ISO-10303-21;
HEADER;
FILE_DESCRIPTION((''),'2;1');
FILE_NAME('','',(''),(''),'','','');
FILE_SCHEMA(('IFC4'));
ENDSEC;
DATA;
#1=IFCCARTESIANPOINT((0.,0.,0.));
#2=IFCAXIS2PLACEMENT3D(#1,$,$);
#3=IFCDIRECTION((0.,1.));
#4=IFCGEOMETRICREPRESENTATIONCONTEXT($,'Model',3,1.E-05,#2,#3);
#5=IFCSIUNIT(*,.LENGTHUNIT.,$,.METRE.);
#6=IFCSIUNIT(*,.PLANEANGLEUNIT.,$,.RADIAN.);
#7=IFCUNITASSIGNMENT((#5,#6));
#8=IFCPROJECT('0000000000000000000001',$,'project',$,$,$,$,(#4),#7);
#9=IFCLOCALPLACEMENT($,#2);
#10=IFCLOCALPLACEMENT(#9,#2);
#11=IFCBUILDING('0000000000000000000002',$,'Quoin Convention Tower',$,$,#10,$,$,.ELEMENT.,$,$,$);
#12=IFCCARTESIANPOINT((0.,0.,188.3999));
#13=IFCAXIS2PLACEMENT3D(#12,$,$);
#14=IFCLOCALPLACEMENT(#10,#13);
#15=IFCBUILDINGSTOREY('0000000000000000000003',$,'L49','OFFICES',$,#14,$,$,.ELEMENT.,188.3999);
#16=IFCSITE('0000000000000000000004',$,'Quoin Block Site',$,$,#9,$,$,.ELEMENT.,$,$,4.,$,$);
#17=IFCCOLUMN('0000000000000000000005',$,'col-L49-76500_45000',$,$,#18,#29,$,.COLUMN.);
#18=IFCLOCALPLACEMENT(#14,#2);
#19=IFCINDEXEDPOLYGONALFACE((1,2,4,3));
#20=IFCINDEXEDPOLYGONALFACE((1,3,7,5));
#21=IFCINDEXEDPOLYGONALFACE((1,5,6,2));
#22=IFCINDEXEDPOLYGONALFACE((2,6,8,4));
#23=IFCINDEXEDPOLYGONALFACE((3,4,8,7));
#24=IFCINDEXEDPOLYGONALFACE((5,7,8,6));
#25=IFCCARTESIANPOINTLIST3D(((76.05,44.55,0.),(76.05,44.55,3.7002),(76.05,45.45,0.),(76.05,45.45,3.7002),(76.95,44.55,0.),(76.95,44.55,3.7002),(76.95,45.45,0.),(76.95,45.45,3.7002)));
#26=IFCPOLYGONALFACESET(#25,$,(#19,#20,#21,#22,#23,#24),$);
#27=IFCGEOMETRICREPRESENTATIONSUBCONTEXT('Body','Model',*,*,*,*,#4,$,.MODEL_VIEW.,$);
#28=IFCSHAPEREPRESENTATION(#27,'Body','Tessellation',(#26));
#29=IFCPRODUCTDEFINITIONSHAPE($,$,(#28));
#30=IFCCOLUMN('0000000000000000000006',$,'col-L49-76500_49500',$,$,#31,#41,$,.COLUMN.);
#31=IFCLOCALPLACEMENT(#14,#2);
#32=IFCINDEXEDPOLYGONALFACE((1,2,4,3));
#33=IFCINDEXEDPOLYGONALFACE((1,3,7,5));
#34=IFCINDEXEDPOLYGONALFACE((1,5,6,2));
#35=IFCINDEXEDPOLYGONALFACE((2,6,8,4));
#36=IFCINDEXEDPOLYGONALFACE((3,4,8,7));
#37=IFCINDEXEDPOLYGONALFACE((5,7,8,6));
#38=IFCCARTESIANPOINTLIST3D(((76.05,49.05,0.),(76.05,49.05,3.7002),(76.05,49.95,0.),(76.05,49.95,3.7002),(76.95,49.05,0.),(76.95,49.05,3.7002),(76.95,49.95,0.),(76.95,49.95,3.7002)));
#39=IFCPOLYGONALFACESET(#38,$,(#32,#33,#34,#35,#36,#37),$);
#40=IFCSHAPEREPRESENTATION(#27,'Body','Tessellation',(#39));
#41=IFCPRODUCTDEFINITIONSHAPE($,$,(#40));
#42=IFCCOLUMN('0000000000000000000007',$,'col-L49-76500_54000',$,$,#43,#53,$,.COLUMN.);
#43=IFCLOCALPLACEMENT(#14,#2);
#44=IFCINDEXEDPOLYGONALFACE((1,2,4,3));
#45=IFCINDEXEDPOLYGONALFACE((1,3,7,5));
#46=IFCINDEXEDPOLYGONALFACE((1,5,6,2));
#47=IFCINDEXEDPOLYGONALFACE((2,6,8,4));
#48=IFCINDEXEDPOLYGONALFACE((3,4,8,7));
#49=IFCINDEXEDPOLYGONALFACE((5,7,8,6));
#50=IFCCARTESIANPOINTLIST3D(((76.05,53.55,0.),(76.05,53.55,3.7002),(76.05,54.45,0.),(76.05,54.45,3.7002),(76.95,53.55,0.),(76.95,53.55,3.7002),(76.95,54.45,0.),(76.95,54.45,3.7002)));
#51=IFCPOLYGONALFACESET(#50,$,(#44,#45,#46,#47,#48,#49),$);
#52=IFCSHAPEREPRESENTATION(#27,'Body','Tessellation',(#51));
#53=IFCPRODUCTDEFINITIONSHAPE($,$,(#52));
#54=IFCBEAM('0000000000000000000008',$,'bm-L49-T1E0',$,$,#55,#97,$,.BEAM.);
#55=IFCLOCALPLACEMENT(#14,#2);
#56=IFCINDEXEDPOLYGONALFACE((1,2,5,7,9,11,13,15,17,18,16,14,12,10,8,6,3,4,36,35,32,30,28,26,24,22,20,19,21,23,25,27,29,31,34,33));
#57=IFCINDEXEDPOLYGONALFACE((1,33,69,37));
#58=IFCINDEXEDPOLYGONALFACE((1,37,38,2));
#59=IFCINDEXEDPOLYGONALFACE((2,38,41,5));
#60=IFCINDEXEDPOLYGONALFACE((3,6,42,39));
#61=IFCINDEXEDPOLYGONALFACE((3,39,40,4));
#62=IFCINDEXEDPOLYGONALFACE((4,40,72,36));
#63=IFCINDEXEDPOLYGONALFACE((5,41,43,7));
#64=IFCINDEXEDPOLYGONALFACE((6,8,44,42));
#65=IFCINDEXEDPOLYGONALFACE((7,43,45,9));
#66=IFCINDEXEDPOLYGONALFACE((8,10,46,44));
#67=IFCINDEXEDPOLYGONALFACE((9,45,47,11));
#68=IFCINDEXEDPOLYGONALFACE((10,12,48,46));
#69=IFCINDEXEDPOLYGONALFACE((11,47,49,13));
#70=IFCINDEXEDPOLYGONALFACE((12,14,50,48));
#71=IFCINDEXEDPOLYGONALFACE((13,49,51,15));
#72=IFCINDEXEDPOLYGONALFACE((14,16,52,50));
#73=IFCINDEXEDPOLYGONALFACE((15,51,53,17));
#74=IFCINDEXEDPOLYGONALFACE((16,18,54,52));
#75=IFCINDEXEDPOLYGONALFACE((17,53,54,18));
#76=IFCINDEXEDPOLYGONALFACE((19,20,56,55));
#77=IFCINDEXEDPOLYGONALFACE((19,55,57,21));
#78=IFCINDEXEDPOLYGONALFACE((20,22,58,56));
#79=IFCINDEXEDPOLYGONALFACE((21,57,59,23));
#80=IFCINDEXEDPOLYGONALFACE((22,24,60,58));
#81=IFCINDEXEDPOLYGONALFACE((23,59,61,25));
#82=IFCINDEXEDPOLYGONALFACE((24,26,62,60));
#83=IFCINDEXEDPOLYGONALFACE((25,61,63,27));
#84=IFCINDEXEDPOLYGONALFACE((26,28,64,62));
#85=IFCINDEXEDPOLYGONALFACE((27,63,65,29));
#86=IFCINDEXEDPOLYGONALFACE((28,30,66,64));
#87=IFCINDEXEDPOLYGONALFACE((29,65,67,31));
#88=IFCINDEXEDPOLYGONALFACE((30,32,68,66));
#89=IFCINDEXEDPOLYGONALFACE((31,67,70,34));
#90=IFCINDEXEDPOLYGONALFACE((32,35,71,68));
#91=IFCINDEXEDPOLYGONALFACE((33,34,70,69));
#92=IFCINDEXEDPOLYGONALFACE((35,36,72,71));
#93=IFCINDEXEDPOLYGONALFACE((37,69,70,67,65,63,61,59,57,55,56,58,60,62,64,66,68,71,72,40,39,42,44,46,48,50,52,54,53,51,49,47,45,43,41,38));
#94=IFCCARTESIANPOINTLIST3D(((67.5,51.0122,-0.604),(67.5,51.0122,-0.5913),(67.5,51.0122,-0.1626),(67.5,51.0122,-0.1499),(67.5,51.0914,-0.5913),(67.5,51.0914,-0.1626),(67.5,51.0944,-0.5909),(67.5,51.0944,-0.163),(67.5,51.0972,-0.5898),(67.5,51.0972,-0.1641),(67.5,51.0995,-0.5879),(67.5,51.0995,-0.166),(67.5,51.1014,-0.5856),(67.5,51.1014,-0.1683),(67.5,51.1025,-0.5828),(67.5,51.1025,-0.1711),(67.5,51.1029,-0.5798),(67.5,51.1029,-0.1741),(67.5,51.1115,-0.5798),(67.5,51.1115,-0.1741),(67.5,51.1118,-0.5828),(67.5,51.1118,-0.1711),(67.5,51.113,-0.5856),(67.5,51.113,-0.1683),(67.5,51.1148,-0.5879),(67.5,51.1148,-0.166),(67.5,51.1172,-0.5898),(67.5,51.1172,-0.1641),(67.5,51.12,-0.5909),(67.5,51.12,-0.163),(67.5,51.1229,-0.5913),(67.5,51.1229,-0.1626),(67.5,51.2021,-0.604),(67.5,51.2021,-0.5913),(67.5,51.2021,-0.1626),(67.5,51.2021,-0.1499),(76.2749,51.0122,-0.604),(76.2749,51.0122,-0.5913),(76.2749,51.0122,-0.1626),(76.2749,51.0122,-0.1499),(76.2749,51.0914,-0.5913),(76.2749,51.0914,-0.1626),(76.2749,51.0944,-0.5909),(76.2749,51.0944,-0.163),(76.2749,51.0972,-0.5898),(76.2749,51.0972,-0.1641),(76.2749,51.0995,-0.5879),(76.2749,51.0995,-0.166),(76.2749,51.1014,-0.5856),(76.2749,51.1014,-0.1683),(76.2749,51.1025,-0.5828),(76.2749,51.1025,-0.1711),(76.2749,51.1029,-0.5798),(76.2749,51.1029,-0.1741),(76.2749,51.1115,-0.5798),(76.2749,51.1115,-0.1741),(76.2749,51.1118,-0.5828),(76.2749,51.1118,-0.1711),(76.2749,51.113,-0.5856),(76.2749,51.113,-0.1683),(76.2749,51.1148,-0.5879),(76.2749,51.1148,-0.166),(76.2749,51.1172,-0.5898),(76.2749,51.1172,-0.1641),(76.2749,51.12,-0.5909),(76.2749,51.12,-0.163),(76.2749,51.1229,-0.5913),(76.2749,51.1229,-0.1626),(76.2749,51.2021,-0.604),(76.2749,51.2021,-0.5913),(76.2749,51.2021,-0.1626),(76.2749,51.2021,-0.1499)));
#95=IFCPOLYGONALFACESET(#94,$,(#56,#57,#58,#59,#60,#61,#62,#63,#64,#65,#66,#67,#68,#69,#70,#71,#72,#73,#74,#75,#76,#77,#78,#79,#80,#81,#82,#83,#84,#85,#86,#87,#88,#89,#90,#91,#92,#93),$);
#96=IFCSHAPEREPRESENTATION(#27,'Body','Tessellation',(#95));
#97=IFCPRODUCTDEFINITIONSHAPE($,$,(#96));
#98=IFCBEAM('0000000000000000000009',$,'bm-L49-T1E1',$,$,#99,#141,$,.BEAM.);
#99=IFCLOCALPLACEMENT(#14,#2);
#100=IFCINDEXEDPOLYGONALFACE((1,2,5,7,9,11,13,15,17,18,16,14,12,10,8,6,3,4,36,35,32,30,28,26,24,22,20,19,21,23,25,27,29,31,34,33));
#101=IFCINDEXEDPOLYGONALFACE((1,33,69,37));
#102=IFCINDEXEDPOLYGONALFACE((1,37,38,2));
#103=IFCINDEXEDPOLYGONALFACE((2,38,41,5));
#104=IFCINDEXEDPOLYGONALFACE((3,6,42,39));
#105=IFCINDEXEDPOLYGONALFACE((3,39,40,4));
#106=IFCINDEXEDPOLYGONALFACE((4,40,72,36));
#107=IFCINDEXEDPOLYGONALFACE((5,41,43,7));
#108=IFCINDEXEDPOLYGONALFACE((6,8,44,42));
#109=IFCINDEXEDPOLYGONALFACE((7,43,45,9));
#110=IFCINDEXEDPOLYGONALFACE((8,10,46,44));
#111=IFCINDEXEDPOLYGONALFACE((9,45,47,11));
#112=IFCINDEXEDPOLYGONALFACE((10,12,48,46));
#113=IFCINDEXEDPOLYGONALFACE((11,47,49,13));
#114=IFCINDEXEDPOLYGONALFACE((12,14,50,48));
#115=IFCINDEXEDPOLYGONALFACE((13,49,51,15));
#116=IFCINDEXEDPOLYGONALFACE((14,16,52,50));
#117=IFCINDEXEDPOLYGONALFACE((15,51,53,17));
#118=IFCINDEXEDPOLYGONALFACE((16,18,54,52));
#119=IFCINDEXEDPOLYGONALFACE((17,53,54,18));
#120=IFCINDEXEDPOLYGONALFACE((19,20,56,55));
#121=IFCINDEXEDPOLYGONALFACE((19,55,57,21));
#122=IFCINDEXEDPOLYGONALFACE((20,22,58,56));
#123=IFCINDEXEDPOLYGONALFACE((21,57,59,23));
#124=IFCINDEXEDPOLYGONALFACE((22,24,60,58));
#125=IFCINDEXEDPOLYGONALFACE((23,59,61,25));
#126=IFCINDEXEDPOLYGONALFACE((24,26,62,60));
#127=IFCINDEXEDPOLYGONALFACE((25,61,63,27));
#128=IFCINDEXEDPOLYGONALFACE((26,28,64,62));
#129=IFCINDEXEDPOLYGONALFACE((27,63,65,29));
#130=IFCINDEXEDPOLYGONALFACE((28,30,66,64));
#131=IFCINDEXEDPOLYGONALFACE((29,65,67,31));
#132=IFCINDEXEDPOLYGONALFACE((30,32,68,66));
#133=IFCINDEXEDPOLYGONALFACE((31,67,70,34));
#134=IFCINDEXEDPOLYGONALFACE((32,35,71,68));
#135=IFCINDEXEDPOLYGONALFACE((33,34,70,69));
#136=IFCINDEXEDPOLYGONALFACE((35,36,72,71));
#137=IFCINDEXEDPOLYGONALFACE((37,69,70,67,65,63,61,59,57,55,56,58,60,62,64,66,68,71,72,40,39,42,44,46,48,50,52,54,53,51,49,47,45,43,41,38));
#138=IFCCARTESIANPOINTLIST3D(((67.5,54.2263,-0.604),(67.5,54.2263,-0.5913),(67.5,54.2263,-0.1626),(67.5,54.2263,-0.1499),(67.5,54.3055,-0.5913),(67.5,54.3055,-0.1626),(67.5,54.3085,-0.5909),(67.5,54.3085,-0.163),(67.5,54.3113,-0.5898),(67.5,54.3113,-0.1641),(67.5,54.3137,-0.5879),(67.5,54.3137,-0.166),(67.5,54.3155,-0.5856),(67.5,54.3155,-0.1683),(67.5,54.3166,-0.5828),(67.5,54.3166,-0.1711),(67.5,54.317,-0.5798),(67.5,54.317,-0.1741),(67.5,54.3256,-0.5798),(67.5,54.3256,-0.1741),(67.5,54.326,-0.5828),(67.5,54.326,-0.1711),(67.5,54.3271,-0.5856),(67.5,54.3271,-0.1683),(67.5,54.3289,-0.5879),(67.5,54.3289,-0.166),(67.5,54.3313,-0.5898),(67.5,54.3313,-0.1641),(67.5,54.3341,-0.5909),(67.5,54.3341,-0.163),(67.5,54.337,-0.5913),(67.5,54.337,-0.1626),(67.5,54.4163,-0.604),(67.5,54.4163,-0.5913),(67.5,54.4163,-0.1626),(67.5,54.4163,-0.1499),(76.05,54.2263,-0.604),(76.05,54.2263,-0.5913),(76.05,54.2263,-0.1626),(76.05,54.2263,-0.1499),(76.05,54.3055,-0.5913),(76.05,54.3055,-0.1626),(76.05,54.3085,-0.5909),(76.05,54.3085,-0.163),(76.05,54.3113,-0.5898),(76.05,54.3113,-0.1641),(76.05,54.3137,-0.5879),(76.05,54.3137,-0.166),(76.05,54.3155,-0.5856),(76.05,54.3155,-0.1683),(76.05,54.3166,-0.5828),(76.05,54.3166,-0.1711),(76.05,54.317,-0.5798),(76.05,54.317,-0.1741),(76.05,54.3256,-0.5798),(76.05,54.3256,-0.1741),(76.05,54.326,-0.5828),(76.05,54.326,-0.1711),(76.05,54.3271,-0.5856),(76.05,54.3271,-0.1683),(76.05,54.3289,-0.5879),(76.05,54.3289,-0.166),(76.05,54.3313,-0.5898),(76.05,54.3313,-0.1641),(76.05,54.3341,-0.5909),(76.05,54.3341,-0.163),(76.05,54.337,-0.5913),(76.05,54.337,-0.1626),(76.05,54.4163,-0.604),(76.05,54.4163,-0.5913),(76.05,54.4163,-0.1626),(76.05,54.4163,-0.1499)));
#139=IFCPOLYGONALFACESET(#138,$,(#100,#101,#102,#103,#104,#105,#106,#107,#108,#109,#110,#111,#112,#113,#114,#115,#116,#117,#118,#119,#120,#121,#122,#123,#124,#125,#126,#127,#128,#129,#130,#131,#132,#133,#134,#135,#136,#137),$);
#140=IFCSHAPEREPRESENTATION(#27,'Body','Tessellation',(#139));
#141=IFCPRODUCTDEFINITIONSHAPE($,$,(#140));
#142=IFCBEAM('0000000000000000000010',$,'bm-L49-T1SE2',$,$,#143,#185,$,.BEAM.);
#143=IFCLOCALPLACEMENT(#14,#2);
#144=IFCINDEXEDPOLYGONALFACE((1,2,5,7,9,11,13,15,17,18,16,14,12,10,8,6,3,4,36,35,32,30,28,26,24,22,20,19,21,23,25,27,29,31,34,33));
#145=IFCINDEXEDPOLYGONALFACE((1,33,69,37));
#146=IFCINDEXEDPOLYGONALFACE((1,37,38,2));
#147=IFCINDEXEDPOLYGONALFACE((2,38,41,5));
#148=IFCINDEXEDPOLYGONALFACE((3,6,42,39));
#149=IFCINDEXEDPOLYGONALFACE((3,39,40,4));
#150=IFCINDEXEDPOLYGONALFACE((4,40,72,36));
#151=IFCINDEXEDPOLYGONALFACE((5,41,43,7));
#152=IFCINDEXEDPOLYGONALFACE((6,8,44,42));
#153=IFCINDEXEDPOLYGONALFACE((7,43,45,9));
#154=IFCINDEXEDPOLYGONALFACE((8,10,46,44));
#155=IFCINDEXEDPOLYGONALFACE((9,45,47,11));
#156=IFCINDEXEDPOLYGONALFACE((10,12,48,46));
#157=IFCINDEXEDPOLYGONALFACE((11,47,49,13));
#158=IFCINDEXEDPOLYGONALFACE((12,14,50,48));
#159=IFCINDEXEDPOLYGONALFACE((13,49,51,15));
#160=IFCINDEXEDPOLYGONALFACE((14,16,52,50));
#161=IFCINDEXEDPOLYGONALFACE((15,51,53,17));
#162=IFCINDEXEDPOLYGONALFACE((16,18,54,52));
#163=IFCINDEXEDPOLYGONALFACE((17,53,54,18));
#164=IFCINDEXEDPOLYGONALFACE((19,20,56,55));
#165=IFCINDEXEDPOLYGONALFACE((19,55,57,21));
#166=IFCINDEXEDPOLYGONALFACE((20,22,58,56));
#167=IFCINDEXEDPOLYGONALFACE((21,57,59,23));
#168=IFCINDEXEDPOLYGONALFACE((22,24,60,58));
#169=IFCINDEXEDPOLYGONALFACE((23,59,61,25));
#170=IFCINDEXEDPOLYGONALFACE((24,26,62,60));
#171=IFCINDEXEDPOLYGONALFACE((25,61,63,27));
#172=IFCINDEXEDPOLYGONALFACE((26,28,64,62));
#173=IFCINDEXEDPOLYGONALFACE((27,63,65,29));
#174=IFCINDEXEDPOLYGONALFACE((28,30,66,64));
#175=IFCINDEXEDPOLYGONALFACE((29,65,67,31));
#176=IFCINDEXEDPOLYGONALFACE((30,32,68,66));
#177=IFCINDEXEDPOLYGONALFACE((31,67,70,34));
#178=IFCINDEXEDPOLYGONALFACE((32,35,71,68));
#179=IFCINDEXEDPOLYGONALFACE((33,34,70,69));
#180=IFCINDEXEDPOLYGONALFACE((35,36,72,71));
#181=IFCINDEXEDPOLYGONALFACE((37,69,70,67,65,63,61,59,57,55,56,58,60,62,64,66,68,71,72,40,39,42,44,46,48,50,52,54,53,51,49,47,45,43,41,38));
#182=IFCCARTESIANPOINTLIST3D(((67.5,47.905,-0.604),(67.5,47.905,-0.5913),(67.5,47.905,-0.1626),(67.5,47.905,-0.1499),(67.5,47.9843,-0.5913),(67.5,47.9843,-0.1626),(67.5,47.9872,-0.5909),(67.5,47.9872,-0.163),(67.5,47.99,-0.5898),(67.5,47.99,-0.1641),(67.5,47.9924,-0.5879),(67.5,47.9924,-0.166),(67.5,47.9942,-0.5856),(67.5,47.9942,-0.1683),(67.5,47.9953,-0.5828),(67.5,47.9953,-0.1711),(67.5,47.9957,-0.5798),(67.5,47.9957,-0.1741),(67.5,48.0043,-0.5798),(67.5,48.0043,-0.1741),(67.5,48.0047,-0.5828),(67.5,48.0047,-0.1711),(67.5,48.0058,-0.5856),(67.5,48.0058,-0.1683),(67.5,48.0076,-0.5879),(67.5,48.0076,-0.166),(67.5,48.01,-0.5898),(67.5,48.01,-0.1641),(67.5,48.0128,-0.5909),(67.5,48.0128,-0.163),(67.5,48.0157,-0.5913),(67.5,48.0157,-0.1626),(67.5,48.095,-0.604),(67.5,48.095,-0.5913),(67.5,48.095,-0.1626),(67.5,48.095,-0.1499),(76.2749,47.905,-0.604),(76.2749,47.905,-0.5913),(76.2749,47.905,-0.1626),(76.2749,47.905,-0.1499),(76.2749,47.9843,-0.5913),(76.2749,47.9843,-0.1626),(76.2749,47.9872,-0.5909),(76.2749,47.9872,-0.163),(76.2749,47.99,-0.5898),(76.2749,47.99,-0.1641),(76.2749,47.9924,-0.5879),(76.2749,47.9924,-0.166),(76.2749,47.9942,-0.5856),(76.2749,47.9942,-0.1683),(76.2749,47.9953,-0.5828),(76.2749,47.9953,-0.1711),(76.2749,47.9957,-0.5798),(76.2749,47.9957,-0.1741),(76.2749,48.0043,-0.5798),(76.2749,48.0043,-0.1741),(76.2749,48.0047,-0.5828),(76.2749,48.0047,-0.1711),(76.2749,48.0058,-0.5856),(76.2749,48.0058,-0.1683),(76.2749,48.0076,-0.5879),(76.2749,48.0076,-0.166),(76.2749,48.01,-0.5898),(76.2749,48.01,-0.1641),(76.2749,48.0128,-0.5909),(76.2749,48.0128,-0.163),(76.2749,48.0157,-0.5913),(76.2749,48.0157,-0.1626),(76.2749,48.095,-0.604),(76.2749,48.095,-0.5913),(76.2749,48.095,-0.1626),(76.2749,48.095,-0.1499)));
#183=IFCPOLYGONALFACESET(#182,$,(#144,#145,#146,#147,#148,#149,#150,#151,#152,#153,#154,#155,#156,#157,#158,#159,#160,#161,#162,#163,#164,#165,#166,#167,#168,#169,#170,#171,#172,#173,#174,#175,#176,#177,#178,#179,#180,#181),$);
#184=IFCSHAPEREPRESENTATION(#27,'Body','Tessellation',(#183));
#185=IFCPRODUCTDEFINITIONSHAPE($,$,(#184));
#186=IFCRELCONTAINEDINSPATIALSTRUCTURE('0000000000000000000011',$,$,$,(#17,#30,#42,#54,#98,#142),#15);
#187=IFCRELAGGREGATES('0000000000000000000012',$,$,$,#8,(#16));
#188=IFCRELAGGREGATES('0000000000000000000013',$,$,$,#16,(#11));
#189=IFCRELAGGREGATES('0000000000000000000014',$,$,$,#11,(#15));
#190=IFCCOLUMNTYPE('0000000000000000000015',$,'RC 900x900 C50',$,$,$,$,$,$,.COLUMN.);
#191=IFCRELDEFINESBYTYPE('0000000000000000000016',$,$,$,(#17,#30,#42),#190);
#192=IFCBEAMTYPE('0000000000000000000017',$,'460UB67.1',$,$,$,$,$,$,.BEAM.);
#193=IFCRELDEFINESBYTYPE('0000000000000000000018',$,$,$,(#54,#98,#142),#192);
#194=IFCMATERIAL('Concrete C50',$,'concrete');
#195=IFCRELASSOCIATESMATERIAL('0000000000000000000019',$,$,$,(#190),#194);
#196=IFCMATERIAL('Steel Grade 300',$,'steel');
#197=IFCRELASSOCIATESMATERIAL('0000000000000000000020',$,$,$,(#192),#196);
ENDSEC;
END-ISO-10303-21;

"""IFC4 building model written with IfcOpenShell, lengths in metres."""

from ifc_helpers import new_model, si_unit, direction, frame, origin, origin_2d, place, context, subcontext, project, spatial, rectangle, i_section, extrude, material, material_profile, profile_set, type_object, element, save


model = new_model("IFC4")

# Units and contexts
model_context = context("Model", 3, precision=1e-05, world=origin(), true_north=direction((0.0, 1.0)))
body_context = subcontext(model_context, "Body", "Model", "MODEL_VIEW")
ifc_project = project(units=[si_unit("LENGTHUNIT", "METRE"), si_unit("PLANEANGLEUNIT", "RADIAN")], contexts=[model_context])

# Site, building, storey
site_placement = place(None, origin())
site = spatial("IfcSite", under=ifc_project, at=site_placement, Name="Quoin Block Site", CompositionType="ELEMENT", RefElevation=4.0)
building_placement = place(site_placement, origin())
building = spatial("IfcBuilding", under=site, at=building_placement, Name="Quoin Convention Tower", CompositionType="ELEMENT")
storey_placement = place(building_placement, frame((0.0, 0.0, 188.3999)))
storey = spatial("IfcBuildingStorey", under=building, at=storey_placement, Name="L49", Description="OFFICES", CompositionType="ELEMENT", Elevation=188.3999)

# Columns
ifc_material_1 = material(Name="Concrete C50", Category="concrete")
ifc_material_profile_1 = material_profile(ifc_material_1, rectangle(XDim=0.8999, YDim=0.8999, at=origin_2d()), Name="RC 900x900")
ifc_profile_set_1 = profile_set([ifc_material_profile_1], Name="Concrete C50")
column_type = type_object("IfcColumnType", Name="RC 900x900 C50", PredefinedType="COLUMN", material=ifc_profile_set_1)
for number, where, z_axis, x_axis, name in (
    (1, (76.5, 45.0, 0.0), (0.0, 0.0, 1.0), (1.0, 0.0, 0.0), "col-L49-76500_45000"),
    (2, (76.5, 49.5, 0.0), (0.0, 0.0, 1.0), (1.0, 0.0, 0.0), "col-L49-76500_49500"),
    (3, (76.5, 54.0, 0.0), (0.0, 0.0, 1.0), (1.0, 0.0, 0.0), "col-L49-76500_54000"),
):
    element("IfcColumn", number, at=place(storey_placement, frame(where, z_axis=z_axis, x_axis=x_axis)), inside=storey, type_object=column_type, Name=name, PredefinedType="COLUMN", context=body_context, shape_type="SweptSolid", body=[
        extrude(rectangle(XDim=0.8999, YDim=0.8999, at=origin_2d()), origin(), (0.0, 0.0, 1.0), 3.7002),
    ])

# Beams
ifc_material_2 = material(Name="Steel Grade 300", Category="steel")
ifc_material_profile_2 = material_profile(ifc_material_2, i_section(OverallWidth=0.1899, OverallDepth=0.4541, WebThickness=0.0085, FlangeThickness=0.0127, FilletRadius=0.0115, at=origin_2d()), Name="460UB67.1")
ifc_profile_set_2 = profile_set([ifc_material_profile_2], Name="Steel Grade 300")
beam_type_1 = type_object("IfcBeamType", Name="460UB67.1", PredefinedType="BEAM", material=ifc_profile_set_2)
beam_1_placement = place(storey_placement, frame((67.5, 51.1072, -0.377), z_axis=(1.0, 0.0, 0.0), x_axis=(0.0, 1.0, 0.0)))
element("IfcBeam", 4, at=beam_1_placement, inside=storey, type_object=beam_type_1, Name="bm-L49-T1E0", PredefinedType="BEAM", context=body_context, shape_type="SweptSolid", body=[
    extrude(i_section(OverallWidth=0.1899, OverallDepth=0.4541, WebThickness=0.0085, FlangeThickness=0.0127, FilletRadius=0.0115, at=origin_2d()), origin(), (0.0, 0.0, 1.0), 8.7749),
])
beam_2_placement = place(storey_placement, frame((67.5, 54.3213, -0.377), z_axis=(1.0, 0.0, 0.0), x_axis=(0.0, 1.0, 0.0)))
element("IfcBeam", 5, at=beam_2_placement, inside=storey, type_object=beam_type_1, Name="bm-L49-T1E1", PredefinedType="BEAM", context=body_context, shape_type="SweptSolid", body=[
    extrude(i_section(OverallWidth=0.1899, OverallDepth=0.4541, WebThickness=0.0085, FlangeThickness=0.0127, FilletRadius=0.0115, at=origin_2d()), origin(), (0.0, 0.0, 1.0), 8.55),
])
beam_3_placement = place(storey_placement, frame((67.5, 48.0, -0.377), z_axis=(1.0, 0.0, 0.0), x_axis=(0.0, 1.0, 0.0)))
element("IfcBeam", 6, at=beam_3_placement, inside=storey, type_object=beam_type_1, Name="bm-L49-T1SE2", PredefinedType="BEAM", context=body_context, shape_type="SweptSolid", body=[
    extrude(i_section(OverallWidth=0.1899, OverallDepth=0.4541, WebThickness=0.0085, FlangeThickness=0.0127, FilletRadius=0.0115, at=origin_2d()), origin(), (0.0, 0.0, 1.0), 8.7749),
])

save(model, "model.ifc")
